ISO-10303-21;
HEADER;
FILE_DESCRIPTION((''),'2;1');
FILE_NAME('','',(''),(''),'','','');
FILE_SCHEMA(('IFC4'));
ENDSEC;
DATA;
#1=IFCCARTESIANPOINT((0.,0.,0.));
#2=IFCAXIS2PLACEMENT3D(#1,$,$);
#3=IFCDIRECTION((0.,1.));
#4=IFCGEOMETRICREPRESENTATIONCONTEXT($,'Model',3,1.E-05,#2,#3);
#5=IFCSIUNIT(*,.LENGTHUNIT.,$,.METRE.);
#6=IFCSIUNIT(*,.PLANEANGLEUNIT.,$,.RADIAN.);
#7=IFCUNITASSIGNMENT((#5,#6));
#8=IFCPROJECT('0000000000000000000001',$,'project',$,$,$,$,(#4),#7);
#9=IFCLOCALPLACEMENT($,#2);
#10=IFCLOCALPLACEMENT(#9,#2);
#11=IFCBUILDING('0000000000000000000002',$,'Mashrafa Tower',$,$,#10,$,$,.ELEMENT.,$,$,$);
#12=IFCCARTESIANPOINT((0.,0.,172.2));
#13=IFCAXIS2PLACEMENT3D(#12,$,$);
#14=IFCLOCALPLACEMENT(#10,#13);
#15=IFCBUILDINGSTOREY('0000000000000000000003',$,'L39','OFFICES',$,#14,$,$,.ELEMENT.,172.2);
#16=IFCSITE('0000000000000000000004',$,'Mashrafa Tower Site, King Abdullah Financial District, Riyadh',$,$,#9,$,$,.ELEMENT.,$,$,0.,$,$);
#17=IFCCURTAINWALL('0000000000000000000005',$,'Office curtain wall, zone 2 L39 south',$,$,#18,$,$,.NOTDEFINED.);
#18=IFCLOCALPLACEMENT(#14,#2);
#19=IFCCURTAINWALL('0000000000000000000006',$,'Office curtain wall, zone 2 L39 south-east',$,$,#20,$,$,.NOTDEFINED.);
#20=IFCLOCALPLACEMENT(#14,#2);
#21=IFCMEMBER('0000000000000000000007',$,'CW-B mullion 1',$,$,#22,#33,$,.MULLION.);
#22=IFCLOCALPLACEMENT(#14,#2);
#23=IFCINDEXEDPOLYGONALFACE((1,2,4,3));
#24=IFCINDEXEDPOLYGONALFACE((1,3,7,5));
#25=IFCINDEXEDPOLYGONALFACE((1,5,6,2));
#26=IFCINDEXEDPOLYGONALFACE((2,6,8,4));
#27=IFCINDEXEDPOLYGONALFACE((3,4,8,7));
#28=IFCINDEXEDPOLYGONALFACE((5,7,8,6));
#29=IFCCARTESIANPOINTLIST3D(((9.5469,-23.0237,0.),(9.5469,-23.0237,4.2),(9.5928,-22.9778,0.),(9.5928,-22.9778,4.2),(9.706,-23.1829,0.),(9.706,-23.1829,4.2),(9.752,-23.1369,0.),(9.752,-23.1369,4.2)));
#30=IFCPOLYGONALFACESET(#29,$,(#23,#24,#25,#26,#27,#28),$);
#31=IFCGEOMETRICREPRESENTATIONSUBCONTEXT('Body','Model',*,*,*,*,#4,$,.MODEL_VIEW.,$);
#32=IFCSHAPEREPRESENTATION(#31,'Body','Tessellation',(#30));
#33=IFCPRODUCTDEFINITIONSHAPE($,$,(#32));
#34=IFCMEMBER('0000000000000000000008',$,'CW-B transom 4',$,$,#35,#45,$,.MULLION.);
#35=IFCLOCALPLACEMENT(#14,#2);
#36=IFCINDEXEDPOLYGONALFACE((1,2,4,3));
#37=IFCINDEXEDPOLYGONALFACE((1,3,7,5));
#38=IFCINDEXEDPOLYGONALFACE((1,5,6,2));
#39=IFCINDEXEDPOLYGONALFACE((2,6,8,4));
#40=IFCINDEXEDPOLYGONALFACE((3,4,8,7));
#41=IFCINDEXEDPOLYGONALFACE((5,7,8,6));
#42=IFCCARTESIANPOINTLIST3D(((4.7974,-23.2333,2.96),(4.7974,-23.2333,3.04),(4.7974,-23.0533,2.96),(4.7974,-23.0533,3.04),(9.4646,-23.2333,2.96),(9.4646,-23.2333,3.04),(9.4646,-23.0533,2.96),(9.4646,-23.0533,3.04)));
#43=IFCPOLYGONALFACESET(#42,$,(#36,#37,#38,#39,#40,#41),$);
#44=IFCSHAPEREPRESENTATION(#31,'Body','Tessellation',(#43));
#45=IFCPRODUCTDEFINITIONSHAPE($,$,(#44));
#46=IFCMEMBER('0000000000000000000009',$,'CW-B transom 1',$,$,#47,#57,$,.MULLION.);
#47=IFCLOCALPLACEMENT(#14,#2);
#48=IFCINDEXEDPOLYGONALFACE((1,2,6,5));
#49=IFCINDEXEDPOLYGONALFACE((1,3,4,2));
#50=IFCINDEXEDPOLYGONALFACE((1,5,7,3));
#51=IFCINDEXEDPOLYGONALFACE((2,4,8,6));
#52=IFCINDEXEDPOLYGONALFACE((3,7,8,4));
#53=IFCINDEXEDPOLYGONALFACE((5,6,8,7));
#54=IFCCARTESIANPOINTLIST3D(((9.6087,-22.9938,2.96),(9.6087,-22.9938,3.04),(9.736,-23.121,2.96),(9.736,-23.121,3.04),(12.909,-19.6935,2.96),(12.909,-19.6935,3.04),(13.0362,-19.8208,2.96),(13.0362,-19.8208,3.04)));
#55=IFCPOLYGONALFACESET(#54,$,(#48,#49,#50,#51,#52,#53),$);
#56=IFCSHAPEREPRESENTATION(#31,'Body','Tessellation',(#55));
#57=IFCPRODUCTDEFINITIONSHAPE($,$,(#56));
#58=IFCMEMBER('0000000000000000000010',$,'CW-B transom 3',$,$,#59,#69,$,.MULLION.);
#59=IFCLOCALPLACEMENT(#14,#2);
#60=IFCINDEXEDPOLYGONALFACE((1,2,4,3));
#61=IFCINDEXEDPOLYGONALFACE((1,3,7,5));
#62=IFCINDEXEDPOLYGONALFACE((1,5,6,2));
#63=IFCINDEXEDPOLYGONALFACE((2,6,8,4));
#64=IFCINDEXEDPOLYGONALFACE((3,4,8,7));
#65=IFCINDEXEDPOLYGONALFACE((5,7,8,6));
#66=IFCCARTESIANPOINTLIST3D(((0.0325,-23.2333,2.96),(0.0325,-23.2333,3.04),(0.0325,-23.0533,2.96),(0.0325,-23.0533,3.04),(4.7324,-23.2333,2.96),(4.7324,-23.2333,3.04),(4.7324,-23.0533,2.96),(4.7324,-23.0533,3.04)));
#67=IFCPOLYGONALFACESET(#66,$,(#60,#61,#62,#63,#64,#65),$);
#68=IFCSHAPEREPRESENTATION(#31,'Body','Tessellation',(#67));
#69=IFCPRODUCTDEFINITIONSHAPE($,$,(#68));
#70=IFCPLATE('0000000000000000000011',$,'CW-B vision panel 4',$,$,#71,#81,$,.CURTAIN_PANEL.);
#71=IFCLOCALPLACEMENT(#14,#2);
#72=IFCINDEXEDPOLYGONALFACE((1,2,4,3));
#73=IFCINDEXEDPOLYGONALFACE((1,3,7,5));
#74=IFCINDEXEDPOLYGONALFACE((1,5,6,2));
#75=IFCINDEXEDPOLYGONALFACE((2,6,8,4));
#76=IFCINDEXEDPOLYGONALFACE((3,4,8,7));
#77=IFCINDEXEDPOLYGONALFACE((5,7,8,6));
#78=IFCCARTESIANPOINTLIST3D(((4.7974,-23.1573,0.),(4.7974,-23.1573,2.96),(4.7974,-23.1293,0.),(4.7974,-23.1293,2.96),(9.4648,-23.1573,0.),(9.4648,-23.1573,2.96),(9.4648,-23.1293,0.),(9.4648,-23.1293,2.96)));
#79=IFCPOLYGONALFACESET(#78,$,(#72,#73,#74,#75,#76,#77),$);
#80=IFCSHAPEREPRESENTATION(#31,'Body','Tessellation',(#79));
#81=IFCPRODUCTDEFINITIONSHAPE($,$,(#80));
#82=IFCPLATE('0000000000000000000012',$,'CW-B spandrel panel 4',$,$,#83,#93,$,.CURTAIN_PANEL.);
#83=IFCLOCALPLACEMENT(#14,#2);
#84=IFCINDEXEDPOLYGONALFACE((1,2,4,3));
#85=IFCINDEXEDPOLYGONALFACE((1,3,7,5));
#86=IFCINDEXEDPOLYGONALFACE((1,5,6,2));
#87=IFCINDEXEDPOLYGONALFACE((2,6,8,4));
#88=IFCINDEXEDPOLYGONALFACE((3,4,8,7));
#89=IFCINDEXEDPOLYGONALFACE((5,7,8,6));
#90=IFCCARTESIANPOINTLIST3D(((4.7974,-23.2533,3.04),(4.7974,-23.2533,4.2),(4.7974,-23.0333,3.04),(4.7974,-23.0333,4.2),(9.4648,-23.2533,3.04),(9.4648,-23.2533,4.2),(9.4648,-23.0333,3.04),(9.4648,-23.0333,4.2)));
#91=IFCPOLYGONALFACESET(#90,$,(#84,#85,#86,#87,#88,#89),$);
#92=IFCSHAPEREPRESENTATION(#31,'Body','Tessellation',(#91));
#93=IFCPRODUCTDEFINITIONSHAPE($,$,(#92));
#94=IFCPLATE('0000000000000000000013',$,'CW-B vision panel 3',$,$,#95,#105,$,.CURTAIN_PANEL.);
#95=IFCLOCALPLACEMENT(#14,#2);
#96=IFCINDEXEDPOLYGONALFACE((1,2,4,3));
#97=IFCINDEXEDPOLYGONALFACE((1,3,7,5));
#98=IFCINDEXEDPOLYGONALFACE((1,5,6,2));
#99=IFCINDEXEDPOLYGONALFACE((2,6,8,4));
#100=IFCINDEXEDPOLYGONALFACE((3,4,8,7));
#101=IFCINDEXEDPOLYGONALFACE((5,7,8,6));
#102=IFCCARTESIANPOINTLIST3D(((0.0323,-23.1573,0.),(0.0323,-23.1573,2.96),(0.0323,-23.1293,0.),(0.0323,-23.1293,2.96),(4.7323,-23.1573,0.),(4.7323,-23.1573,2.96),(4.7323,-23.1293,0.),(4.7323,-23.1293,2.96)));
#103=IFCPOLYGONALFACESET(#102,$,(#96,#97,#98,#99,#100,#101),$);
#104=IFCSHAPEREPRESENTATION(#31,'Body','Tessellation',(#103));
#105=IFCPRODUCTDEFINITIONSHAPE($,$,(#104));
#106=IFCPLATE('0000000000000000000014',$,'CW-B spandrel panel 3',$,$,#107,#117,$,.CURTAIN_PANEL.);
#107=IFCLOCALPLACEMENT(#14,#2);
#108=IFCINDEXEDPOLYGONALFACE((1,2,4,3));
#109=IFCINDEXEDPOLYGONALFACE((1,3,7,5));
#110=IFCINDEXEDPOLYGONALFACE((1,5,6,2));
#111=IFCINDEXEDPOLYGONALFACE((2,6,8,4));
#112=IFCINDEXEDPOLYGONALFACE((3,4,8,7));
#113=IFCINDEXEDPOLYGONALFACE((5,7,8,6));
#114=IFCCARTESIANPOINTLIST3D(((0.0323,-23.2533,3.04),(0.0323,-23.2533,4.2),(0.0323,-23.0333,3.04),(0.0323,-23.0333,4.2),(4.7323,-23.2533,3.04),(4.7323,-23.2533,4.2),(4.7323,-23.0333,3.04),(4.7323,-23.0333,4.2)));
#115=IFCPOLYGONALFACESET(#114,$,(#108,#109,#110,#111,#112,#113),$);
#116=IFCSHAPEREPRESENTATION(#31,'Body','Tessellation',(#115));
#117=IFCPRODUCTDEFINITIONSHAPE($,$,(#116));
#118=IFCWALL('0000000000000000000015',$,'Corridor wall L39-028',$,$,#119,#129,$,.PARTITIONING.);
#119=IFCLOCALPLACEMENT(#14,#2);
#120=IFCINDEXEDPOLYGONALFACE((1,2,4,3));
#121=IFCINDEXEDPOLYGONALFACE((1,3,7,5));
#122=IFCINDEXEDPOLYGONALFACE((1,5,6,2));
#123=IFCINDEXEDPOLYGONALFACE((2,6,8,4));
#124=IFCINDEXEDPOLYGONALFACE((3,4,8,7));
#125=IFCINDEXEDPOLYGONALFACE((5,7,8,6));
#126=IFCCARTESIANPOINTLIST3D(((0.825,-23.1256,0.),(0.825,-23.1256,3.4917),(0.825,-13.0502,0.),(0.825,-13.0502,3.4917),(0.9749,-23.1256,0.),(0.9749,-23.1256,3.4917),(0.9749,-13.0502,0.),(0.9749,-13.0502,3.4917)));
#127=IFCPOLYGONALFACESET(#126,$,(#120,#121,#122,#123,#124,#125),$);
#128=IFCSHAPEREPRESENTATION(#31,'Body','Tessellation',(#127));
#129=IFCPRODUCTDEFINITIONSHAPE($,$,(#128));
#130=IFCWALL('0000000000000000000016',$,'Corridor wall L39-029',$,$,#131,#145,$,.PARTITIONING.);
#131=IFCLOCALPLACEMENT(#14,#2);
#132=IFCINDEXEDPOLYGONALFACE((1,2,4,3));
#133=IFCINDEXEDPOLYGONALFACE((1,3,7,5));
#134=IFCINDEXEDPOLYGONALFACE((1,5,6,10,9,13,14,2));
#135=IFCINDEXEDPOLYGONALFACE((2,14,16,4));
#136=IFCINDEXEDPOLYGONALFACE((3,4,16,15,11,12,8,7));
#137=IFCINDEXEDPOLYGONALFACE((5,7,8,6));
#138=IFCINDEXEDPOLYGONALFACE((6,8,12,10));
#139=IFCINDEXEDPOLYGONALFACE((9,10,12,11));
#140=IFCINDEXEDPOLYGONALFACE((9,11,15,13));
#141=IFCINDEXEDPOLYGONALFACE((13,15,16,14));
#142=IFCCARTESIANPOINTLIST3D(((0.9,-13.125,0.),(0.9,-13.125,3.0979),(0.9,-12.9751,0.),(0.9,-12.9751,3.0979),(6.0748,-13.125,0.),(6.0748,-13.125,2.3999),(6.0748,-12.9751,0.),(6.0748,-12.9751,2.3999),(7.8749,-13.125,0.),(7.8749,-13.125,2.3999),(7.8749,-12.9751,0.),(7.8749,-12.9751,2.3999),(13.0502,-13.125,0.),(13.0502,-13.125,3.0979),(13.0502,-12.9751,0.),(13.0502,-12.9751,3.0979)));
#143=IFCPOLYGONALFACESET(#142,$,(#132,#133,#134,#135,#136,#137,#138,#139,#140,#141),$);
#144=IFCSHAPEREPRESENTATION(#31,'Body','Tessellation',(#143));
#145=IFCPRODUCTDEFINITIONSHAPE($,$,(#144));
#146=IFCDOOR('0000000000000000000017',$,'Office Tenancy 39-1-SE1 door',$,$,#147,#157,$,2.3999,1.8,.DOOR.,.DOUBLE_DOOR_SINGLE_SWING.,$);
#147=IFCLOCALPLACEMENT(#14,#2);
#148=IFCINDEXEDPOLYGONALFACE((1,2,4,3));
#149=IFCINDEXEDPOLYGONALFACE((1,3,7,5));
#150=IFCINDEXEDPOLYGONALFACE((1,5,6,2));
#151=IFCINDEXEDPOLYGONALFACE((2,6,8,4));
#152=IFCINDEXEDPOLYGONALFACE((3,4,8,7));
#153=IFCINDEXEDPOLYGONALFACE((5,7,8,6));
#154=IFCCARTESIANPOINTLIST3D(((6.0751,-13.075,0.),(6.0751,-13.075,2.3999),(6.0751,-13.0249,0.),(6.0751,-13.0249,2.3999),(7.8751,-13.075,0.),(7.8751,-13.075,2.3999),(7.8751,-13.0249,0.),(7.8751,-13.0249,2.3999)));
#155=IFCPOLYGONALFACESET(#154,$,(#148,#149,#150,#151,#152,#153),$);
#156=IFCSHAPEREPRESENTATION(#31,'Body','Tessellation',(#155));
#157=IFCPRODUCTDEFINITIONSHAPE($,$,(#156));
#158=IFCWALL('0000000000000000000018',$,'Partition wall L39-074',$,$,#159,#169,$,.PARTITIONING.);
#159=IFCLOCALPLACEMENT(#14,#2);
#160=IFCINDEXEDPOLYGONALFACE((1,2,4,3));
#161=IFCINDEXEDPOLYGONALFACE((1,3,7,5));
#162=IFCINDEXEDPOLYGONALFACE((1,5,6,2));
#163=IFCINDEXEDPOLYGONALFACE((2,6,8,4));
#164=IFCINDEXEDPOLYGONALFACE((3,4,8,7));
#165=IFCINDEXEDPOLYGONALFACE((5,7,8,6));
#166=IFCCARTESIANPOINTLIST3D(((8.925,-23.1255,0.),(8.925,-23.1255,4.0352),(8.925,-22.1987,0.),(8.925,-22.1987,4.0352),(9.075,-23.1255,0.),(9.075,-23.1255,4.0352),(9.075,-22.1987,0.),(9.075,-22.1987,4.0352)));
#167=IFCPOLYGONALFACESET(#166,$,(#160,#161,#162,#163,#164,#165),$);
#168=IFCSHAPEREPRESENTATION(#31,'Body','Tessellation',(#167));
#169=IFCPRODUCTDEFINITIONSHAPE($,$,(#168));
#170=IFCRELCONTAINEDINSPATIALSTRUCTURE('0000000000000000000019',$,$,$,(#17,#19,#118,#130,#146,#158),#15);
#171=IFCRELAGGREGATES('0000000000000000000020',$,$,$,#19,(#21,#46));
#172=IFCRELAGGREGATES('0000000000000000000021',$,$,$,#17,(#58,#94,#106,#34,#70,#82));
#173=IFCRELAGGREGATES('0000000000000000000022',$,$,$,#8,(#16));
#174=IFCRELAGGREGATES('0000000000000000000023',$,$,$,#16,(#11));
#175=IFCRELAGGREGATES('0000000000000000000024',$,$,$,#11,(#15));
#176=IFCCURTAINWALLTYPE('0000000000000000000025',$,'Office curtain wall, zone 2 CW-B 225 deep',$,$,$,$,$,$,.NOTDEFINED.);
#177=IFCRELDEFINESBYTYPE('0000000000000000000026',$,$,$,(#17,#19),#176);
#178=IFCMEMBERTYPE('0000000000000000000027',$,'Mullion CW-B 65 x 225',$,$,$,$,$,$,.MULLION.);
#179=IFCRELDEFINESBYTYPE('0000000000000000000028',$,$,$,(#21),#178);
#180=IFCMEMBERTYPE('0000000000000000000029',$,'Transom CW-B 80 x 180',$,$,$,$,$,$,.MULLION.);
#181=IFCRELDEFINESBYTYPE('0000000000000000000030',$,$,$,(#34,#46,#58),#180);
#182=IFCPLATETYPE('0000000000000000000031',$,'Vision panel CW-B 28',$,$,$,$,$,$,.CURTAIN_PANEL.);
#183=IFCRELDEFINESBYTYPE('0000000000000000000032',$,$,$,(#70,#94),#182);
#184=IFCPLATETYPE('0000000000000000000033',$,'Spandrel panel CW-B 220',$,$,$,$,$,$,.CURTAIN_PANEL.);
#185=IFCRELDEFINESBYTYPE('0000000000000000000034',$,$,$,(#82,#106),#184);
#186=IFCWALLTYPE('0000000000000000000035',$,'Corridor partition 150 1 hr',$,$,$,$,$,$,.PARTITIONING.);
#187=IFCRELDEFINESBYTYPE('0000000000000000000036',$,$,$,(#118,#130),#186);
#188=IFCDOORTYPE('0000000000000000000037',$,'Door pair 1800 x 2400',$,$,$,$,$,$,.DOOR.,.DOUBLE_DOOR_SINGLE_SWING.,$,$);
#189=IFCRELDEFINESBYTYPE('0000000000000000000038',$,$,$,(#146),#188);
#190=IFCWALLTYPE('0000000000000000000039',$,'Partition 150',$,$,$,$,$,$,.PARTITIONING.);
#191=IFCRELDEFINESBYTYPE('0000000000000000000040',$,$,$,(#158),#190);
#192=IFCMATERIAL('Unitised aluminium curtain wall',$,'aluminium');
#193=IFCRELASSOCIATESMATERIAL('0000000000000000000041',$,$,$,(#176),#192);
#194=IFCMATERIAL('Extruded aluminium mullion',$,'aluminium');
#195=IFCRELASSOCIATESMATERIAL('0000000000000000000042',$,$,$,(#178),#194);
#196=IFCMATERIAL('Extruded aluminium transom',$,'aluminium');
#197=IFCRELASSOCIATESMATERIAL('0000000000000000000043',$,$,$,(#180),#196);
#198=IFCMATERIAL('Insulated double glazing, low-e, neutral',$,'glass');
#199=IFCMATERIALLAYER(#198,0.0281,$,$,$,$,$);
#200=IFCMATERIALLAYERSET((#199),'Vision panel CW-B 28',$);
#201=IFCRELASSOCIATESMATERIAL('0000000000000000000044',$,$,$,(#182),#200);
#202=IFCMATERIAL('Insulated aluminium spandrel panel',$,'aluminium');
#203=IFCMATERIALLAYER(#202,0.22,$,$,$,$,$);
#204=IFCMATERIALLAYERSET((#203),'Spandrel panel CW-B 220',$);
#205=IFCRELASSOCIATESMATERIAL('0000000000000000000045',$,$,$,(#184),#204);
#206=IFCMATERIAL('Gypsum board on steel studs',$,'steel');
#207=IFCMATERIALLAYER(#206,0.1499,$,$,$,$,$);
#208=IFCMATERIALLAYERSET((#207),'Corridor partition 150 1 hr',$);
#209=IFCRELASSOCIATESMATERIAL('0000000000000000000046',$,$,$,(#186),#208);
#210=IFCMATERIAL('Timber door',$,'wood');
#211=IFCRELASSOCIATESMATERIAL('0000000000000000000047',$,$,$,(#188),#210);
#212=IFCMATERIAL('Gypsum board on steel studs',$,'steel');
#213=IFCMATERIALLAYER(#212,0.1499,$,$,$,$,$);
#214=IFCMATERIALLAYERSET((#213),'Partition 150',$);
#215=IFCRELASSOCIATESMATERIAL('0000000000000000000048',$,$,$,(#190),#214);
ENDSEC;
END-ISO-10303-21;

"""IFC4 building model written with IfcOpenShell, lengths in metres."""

from ifc_helpers import new_model, si_unit, direction, frame, frame_2d, origin, origin_2d, place, context, subcontext, project, spatial, rectangle, extrude, source, transform, mapped, material, layer, layer_set, material_profile, profile_set, type_object, type_shapes, element, fill, aggregate, save


model = new_model("IFC4")

# Units and contexts
model_context = context("Model", 3, precision=1e-05, world=origin(), true_north=direction((0.0, 1.0)))
body_context = subcontext(model_context, "Body", "Model", "MODEL_VIEW")
ifc_project = project(units=[si_unit("LENGTHUNIT", "METRE"), si_unit("PLANEANGLEUNIT", "RADIAN")], contexts=[model_context])

# Site, building, storey
site_placement = place(None, origin())
site = spatial("IfcSite", under=ifc_project, at=site_placement, Name="Mashrafa Tower Site, King Abdullah Financial District, Riyadh", CompositionType="ELEMENT", RefElevation=0.0)
building_placement = place(site_placement, origin())
building = spatial("IfcBuilding", under=site, at=building_placement, Name="Mashrafa Tower", CompositionType="ELEMENT")
storey_placement = place(building_placement, frame((0.0, 0.0, 172.2)))
storey = spatial("IfcBuildingStorey", under=building, at=storey_placement, Name="L39", Description="OFFICES", CompositionType="ELEMENT", Elevation=172.2)

# Curtain wall
ifc_material_1 = material(Name="Unitised aluminium curtain wall", Category="aluminium")
curtain_wall_type = type_object("IfcCurtainWallType", Name="Office curtain wall, zone 2 CW-B 225 deep", PredefinedType="NOTDEFINED", material=ifc_material_1)
curtain_wall_1_placement = place(storey_placement, origin())
curtain_wall_1 = element("IfcCurtainWall", 1, at=curtain_wall_1_placement, inside=storey, type_object=curtain_wall_type, Name="Office curtain wall, zone 2 L39 south", PredefinedType="NOTDEFINED")
ifc_material_2 = material(Name="Extruded aluminium mullion", Category="aluminium")
ifc_material_profile_1 = material_profile(ifc_material_2, rectangle(XDim=0.2251, YDim=0.0649, at=origin_2d()), Name="Mullion 65x225")
ifc_profile_set_1 = profile_set([ifc_material_profile_1], Name="Extruded aluminium mullion")
member_type_1 = type_object("IfcMemberType", Name="Mullion CW-B 65 x 225", PredefinedType="MULLION", material=ifc_profile_set_1)
shared_shape_1 = source(origin(), body_context, "Body", "SweptSolid", [
    extrude(rectangle(XDim=0.2251, YDim=0.0649, at=origin_2d()), origin(), (0.0, 0.0, 1.0), 4.2),
])
type_shapes(member_type_1, [shared_shape_1])

# Curtain wall, member
curtain_wall_2_placement = place(storey_placement, origin())
curtain_wall_2 = element("IfcCurtainWall", 2, at=curtain_wall_2_placement, inside=storey, type_object=curtain_wall_type, Name="Office curtain wall, zone 2 L39 south-east", PredefinedType="NOTDEFINED")
member_1_placement = place(storey_placement, frame((9.6494, -23.0803, 0.0), z_axis=(0.0, 0.0, 1.0), x_axis=(-0.707107, 0.707107, 0.0)))
member_1 = element("IfcMember", 3, at=member_1_placement, type_object=member_type_1, Name="CW-B mullion 1", PredefinedType="MULLION", context=body_context, shape_type="MappedRepresentation", body=[
    mapped(shared_shape_1, transform((0.0, 0.0, 0.0))),
])

# Members
ifc_material_3 = material(Name="Extruded aluminium transom", Category="aluminium")
ifc_material_profile_2 = material_profile(ifc_material_3, rectangle(XDim=0.1799, YDim=0.0801, at=origin_2d()), Name="Transom 80x180")
ifc_profile_set_2 = profile_set([ifc_material_profile_2], Name="Extruded aluminium transom")
member_type_2 = type_object("IfcMemberType", Name="Transom CW-B 80 x 180", PredefinedType="MULLION", material=ifc_profile_set_2)
shared_shape_2 = source(origin(), body_context, "Body", "SweptSolid", [
    extrude(rectangle(XDim=0.1799, YDim=0.0801, at=origin_2d()), origin(), (0.0, 0.0, 1.0), 4.6672),
])
member_2_placement = place(storey_placement, frame((4.7974, -23.1433, 3.0), z_axis=(1.0, 0.0, 0.0), x_axis=(0.0, 1.0, 0.0)))
member_2 = element("IfcMember", 4, at=member_2_placement, type_object=member_type_2, Name="CW-B transom 4", PredefinedType="MULLION", context=body_context, shape_type="MappedRepresentation", body=[
    mapped(shared_shape_2, transform((0.0, 0.0, 0.0))),
])
member_3_placement = place(storey_placement, frame((9.6724, -23.0574, 3.0), z_axis=(0.707107, 0.707107, 0.0), x_axis=(-0.707107, 0.707107, 0.0)))
member_3 = element("IfcMember", 5, at=member_3_placement, type_object=member_type_2, Name="CW-B transom 1", PredefinedType="MULLION", context=body_context, shape_type="MappedRepresentation", body=[
    mapped(shared_shape_2, transform((0.0, 0.0, 0.0))),
])
aggregate(curtain_wall_2, [member_1, member_3])
shared_shape_3 = source(origin(), body_context, "Body", "SweptSolid", [
    extrude(rectangle(XDim=0.1799, YDim=0.0801, at=origin_2d()), origin(), (0.0, 0.0, 1.0), 4.7),
])
type_shapes(member_type_2, [shared_shape_2, shared_shape_3])
member_4_placement = place(storey_placement, frame((0.0325, -23.1433, 3.0), z_axis=(1.0, 0.0, 0.0), x_axis=(0.0, 1.0, 0.0)))
member_4 = element("IfcMember", 6, at=member_4_placement, type_object=member_type_2, Name="CW-B transom 3", PredefinedType="MULLION", context=body_context, shape_type="MappedRepresentation", body=[
    mapped(shared_shape_3, transform((0.0, 0.0, 0.0))),
])

# Plates
ifc_material_4 = material(Name="Insulated double glazing, low-e, neutral", Category="glass")
ifc_layer_1 = layer(ifc_material_4, 0.0281)
ifc_layer_set_1 = layer_set([ifc_layer_1], Name="Vision panel CW-B 28")
plate_type_1 = type_object("IfcPlateType", Name="Vision panel CW-B 28", PredefinedType="CURTAIN_PANEL", material=ifc_layer_set_1)
shared_shape_4 = source(origin(), body_context, "Body", "SweptSolid", [
    extrude(rectangle(XDim=4.6675, YDim=0.0281, at=origin_2d()), origin(), (0.0, 0.0, 1.0), 2.96),
])
plate_1_placement = place(storey_placement, frame((7.1311, -23.1433, 0.0), z_axis=(0.0, 0.0, 1.0), x_axis=(1.0, 0.0, 0.0)))
plate_1 = element("IfcPlate", 7, at=plate_1_placement, type_object=plate_type_1, Name="CW-B vision panel 4", PredefinedType="CURTAIN_PANEL", context=body_context, shape_type="MappedRepresentation", body=[
    mapped(shared_shape_4, transform((0.0, 0.0, 0.0))),
])
ifc_material_5 = material(Name="Insulated aluminium spandrel panel", Category="aluminium")
ifc_layer_2 = layer(ifc_material_5, 0.22)
ifc_layer_set_2 = layer_set([ifc_layer_2], Name="Spandrel panel CW-B 220")
plate_type_2 = type_object("IfcPlateType", Name="Spandrel panel CW-B 220", PredefinedType="CURTAIN_PANEL", material=ifc_layer_set_2)
shared_shape_5 = source(origin(), body_context, "Body", "SweptSolid", [
    extrude(rectangle(XDim=4.6675, YDim=0.22, at=origin_2d()), origin(), (0.0, 0.0, 1.0), 1.1599),
])
plate_2_placement = place(storey_placement, frame((7.1311, -23.1433, 3.04), z_axis=(0.0, 0.0, 1.0), x_axis=(1.0, 0.0, 0.0)))
plate_2 = element("IfcPlate", 8, at=plate_2_placement, type_object=plate_type_2, Name="CW-B spandrel panel 4", PredefinedType="CURTAIN_PANEL", context=body_context, shape_type="MappedRepresentation", body=[
    mapped(shared_shape_5, transform((0.0, 0.0, 0.0))),
])
shared_shape_6 = source(origin(), body_context, "Body", "SweptSolid", [
    extrude(rectangle(XDim=4.7, YDim=0.0281, at=origin_2d()), origin(), (0.0, 0.0, 1.0), 2.96),
])
type_shapes(plate_type_1, [shared_shape_4, shared_shape_6])
plate_3_placement = place(storey_placement, frame((2.3823, -23.1433, 0.0), z_axis=(0.0, 0.0, 1.0), x_axis=(1.0, 0.0, 0.0)))
plate_3 = element("IfcPlate", 9, at=plate_3_placement, type_object=plate_type_1, Name="CW-B vision panel 3", PredefinedType="CURTAIN_PANEL", context=body_context, shape_type="MappedRepresentation", body=[
    mapped(shared_shape_6, transform((0.0, 0.0, 0.0))),
])
shared_shape_7 = source(origin(), body_context, "Body", "SweptSolid", [
    extrude(rectangle(XDim=4.7, YDim=0.22, at=origin_2d()), origin(), (0.0, 0.0, 1.0), 1.1599),
])
type_shapes(plate_type_2, [shared_shape_5, shared_shape_7])
plate_4_placement = place(storey_placement, frame((2.3823, -23.1433, 3.04), z_axis=(0.0, 0.0, 1.0), x_axis=(1.0, 0.0, 0.0)))
plate_4 = element("IfcPlate", 10, at=plate_4_placement, type_object=plate_type_2, Name="CW-B spandrel panel 3", PredefinedType="CURTAIN_PANEL", context=body_context, shape_type="MappedRepresentation", body=[
    mapped(shared_shape_7, transform((0.0, 0.0, 0.0))),
])
aggregate(curtain_wall_1, [member_4, plate_3, plate_4, member_2, plate_1, plate_2])

# Wall
ifc_material_6 = material(Name="Gypsum board on steel studs", Category="steel")
ifc_layer_3 = layer(ifc_material_6, 0.1499)
ifc_layer_set_3 = layer_set([ifc_layer_3], Name="Corridor partition 150 1 hr")
wall_type_1 = type_object("IfcWallType", Name="Corridor partition 150 1 hr", PredefinedType="PARTITIONING", material=ifc_layer_set_3)
wall_1_placement = place(storey_placement, frame((0.8999, -23.1255, 0.0), z_axis=(0.0, 0.0, 1.0), x_axis=(0.0, 1.0, 0.0)))
element("IfcWall", 11, at=wall_1_placement, inside=storey, type_object=wall_type_1, Name="Corridor wall L39-028", PredefinedType="PARTITIONING", context=body_context, shape_type="SweptSolid", body=[
    extrude(rectangle(XDim=10.0754, YDim=0.1499, at=frame_2d((5.0376, 0.0))), origin(), (0.0, 0.0, 1.0), 3.4917),
])

# Wall, opening, door
wall_2_placement = place(storey_placement, frame((0.8999, -13.05, 0.0), z_axis=(0.0, 0.0, 1.0), x_axis=(1.0, 0.0, 0.0)))
wall_2 = element("IfcWall", 12, at=wall_2_placement, inside=storey, type_object=wall_type_1, Name="Corridor wall L39-029", PredefinedType="PARTITIONING", context=body_context, shape_type="SweptSolid", body=[
    extrude(rectangle(XDim=12.1501, YDim=0.1499, at=frame_2d((6.0752, 0.0))), origin(), (0.0, 0.0, 1.0), 3.0979),
])
opening_1_placement = place(wall_2_placement, frame((5.175, 0.0, 0.0)))
opening_1 = element("IfcOpeningElement", 13, at=opening_1_placement, cuts=wall_2, PredefinedType="OPENING", context=body_context, shape_type="SweptSolid", body=[
    extrude(rectangle(XDim=1.8, YDim=2.3999, at=frame_2d((0.8999, 1.2))), frame((0.0, 0.085, 0.0), z_axis=(0.0, -1.0, 0.0), x_axis=(1.0, 0.0, 0.0)), (0.0, 0.0, 1.0), 0.1699),
])
ifc_material_7 = material(Name="Timber door", Category="wood")
door_type_1 = type_object("IfcDoorType", Name="Door pair 1800 x 2400", OperationType="DOUBLE_DOOR_SINGLE_SWING", PredefinedType="DOOR", material=ifc_material_7)
door_1_placement = place(opening_1_placement, frame((1.8, 0.0, 0.0), z_axis=(0.0, 0.0, 1.0), x_axis=(-1.0, 0.0, 0.0)))
door_1 = element("IfcDoor", 14, at=door_1_placement, inside=storey, type_object=door_type_1, Name="Office Tenancy 39-1-SE1 door", OperationType="DOUBLE_DOOR_SINGLE_SWING", OverallHeight=2.3999, OverallWidth=1.8, PredefinedType="DOOR", context=body_context, shape_type="SweptSolid", body=[
    extrude(rectangle(XDim=1.8, YDim=2.3999, at=frame_2d((0.8999, 1.2))), frame((0.0, 0.0249, 0.0), z_axis=(0.0, -1.0, 0.0), x_axis=(1.0, 0.0, 0.0)), (0.0, 0.0, 1.0), 0.05),
])
fill(opening_1, door_1)

# Wall
ifc_material_8 = material(Name="Gypsum board on steel studs", Category="steel")
ifc_layer_4 = layer(ifc_material_8, 0.1499)
ifc_layer_set_4 = layer_set([ifc_layer_4], Name="Partition 150")
wall_type_2 = type_object("IfcWallType", Name="Partition 150", PredefinedType="PARTITIONING", material=ifc_layer_set_4)
wall_3_placement = place(storey_placement, frame((9.0, -23.1255, 0.0), z_axis=(0.0, 0.0, 1.0), x_axis=(0.0, 1.0, 0.0)))
element("IfcWall", 15, at=wall_3_placement, inside=storey, type_object=wall_type_2, Name="Partition wall L39-074", PredefinedType="PARTITIONING", context=body_context, shape_type="SweptSolid", body=[
    extrude(rectangle(XDim=0.9268, YDim=0.1499, at=frame_2d((0.4634, 0.0))), origin(), (0.0, 0.0, 1.0), 4.0352),
])

save(model, "model.ifc")
